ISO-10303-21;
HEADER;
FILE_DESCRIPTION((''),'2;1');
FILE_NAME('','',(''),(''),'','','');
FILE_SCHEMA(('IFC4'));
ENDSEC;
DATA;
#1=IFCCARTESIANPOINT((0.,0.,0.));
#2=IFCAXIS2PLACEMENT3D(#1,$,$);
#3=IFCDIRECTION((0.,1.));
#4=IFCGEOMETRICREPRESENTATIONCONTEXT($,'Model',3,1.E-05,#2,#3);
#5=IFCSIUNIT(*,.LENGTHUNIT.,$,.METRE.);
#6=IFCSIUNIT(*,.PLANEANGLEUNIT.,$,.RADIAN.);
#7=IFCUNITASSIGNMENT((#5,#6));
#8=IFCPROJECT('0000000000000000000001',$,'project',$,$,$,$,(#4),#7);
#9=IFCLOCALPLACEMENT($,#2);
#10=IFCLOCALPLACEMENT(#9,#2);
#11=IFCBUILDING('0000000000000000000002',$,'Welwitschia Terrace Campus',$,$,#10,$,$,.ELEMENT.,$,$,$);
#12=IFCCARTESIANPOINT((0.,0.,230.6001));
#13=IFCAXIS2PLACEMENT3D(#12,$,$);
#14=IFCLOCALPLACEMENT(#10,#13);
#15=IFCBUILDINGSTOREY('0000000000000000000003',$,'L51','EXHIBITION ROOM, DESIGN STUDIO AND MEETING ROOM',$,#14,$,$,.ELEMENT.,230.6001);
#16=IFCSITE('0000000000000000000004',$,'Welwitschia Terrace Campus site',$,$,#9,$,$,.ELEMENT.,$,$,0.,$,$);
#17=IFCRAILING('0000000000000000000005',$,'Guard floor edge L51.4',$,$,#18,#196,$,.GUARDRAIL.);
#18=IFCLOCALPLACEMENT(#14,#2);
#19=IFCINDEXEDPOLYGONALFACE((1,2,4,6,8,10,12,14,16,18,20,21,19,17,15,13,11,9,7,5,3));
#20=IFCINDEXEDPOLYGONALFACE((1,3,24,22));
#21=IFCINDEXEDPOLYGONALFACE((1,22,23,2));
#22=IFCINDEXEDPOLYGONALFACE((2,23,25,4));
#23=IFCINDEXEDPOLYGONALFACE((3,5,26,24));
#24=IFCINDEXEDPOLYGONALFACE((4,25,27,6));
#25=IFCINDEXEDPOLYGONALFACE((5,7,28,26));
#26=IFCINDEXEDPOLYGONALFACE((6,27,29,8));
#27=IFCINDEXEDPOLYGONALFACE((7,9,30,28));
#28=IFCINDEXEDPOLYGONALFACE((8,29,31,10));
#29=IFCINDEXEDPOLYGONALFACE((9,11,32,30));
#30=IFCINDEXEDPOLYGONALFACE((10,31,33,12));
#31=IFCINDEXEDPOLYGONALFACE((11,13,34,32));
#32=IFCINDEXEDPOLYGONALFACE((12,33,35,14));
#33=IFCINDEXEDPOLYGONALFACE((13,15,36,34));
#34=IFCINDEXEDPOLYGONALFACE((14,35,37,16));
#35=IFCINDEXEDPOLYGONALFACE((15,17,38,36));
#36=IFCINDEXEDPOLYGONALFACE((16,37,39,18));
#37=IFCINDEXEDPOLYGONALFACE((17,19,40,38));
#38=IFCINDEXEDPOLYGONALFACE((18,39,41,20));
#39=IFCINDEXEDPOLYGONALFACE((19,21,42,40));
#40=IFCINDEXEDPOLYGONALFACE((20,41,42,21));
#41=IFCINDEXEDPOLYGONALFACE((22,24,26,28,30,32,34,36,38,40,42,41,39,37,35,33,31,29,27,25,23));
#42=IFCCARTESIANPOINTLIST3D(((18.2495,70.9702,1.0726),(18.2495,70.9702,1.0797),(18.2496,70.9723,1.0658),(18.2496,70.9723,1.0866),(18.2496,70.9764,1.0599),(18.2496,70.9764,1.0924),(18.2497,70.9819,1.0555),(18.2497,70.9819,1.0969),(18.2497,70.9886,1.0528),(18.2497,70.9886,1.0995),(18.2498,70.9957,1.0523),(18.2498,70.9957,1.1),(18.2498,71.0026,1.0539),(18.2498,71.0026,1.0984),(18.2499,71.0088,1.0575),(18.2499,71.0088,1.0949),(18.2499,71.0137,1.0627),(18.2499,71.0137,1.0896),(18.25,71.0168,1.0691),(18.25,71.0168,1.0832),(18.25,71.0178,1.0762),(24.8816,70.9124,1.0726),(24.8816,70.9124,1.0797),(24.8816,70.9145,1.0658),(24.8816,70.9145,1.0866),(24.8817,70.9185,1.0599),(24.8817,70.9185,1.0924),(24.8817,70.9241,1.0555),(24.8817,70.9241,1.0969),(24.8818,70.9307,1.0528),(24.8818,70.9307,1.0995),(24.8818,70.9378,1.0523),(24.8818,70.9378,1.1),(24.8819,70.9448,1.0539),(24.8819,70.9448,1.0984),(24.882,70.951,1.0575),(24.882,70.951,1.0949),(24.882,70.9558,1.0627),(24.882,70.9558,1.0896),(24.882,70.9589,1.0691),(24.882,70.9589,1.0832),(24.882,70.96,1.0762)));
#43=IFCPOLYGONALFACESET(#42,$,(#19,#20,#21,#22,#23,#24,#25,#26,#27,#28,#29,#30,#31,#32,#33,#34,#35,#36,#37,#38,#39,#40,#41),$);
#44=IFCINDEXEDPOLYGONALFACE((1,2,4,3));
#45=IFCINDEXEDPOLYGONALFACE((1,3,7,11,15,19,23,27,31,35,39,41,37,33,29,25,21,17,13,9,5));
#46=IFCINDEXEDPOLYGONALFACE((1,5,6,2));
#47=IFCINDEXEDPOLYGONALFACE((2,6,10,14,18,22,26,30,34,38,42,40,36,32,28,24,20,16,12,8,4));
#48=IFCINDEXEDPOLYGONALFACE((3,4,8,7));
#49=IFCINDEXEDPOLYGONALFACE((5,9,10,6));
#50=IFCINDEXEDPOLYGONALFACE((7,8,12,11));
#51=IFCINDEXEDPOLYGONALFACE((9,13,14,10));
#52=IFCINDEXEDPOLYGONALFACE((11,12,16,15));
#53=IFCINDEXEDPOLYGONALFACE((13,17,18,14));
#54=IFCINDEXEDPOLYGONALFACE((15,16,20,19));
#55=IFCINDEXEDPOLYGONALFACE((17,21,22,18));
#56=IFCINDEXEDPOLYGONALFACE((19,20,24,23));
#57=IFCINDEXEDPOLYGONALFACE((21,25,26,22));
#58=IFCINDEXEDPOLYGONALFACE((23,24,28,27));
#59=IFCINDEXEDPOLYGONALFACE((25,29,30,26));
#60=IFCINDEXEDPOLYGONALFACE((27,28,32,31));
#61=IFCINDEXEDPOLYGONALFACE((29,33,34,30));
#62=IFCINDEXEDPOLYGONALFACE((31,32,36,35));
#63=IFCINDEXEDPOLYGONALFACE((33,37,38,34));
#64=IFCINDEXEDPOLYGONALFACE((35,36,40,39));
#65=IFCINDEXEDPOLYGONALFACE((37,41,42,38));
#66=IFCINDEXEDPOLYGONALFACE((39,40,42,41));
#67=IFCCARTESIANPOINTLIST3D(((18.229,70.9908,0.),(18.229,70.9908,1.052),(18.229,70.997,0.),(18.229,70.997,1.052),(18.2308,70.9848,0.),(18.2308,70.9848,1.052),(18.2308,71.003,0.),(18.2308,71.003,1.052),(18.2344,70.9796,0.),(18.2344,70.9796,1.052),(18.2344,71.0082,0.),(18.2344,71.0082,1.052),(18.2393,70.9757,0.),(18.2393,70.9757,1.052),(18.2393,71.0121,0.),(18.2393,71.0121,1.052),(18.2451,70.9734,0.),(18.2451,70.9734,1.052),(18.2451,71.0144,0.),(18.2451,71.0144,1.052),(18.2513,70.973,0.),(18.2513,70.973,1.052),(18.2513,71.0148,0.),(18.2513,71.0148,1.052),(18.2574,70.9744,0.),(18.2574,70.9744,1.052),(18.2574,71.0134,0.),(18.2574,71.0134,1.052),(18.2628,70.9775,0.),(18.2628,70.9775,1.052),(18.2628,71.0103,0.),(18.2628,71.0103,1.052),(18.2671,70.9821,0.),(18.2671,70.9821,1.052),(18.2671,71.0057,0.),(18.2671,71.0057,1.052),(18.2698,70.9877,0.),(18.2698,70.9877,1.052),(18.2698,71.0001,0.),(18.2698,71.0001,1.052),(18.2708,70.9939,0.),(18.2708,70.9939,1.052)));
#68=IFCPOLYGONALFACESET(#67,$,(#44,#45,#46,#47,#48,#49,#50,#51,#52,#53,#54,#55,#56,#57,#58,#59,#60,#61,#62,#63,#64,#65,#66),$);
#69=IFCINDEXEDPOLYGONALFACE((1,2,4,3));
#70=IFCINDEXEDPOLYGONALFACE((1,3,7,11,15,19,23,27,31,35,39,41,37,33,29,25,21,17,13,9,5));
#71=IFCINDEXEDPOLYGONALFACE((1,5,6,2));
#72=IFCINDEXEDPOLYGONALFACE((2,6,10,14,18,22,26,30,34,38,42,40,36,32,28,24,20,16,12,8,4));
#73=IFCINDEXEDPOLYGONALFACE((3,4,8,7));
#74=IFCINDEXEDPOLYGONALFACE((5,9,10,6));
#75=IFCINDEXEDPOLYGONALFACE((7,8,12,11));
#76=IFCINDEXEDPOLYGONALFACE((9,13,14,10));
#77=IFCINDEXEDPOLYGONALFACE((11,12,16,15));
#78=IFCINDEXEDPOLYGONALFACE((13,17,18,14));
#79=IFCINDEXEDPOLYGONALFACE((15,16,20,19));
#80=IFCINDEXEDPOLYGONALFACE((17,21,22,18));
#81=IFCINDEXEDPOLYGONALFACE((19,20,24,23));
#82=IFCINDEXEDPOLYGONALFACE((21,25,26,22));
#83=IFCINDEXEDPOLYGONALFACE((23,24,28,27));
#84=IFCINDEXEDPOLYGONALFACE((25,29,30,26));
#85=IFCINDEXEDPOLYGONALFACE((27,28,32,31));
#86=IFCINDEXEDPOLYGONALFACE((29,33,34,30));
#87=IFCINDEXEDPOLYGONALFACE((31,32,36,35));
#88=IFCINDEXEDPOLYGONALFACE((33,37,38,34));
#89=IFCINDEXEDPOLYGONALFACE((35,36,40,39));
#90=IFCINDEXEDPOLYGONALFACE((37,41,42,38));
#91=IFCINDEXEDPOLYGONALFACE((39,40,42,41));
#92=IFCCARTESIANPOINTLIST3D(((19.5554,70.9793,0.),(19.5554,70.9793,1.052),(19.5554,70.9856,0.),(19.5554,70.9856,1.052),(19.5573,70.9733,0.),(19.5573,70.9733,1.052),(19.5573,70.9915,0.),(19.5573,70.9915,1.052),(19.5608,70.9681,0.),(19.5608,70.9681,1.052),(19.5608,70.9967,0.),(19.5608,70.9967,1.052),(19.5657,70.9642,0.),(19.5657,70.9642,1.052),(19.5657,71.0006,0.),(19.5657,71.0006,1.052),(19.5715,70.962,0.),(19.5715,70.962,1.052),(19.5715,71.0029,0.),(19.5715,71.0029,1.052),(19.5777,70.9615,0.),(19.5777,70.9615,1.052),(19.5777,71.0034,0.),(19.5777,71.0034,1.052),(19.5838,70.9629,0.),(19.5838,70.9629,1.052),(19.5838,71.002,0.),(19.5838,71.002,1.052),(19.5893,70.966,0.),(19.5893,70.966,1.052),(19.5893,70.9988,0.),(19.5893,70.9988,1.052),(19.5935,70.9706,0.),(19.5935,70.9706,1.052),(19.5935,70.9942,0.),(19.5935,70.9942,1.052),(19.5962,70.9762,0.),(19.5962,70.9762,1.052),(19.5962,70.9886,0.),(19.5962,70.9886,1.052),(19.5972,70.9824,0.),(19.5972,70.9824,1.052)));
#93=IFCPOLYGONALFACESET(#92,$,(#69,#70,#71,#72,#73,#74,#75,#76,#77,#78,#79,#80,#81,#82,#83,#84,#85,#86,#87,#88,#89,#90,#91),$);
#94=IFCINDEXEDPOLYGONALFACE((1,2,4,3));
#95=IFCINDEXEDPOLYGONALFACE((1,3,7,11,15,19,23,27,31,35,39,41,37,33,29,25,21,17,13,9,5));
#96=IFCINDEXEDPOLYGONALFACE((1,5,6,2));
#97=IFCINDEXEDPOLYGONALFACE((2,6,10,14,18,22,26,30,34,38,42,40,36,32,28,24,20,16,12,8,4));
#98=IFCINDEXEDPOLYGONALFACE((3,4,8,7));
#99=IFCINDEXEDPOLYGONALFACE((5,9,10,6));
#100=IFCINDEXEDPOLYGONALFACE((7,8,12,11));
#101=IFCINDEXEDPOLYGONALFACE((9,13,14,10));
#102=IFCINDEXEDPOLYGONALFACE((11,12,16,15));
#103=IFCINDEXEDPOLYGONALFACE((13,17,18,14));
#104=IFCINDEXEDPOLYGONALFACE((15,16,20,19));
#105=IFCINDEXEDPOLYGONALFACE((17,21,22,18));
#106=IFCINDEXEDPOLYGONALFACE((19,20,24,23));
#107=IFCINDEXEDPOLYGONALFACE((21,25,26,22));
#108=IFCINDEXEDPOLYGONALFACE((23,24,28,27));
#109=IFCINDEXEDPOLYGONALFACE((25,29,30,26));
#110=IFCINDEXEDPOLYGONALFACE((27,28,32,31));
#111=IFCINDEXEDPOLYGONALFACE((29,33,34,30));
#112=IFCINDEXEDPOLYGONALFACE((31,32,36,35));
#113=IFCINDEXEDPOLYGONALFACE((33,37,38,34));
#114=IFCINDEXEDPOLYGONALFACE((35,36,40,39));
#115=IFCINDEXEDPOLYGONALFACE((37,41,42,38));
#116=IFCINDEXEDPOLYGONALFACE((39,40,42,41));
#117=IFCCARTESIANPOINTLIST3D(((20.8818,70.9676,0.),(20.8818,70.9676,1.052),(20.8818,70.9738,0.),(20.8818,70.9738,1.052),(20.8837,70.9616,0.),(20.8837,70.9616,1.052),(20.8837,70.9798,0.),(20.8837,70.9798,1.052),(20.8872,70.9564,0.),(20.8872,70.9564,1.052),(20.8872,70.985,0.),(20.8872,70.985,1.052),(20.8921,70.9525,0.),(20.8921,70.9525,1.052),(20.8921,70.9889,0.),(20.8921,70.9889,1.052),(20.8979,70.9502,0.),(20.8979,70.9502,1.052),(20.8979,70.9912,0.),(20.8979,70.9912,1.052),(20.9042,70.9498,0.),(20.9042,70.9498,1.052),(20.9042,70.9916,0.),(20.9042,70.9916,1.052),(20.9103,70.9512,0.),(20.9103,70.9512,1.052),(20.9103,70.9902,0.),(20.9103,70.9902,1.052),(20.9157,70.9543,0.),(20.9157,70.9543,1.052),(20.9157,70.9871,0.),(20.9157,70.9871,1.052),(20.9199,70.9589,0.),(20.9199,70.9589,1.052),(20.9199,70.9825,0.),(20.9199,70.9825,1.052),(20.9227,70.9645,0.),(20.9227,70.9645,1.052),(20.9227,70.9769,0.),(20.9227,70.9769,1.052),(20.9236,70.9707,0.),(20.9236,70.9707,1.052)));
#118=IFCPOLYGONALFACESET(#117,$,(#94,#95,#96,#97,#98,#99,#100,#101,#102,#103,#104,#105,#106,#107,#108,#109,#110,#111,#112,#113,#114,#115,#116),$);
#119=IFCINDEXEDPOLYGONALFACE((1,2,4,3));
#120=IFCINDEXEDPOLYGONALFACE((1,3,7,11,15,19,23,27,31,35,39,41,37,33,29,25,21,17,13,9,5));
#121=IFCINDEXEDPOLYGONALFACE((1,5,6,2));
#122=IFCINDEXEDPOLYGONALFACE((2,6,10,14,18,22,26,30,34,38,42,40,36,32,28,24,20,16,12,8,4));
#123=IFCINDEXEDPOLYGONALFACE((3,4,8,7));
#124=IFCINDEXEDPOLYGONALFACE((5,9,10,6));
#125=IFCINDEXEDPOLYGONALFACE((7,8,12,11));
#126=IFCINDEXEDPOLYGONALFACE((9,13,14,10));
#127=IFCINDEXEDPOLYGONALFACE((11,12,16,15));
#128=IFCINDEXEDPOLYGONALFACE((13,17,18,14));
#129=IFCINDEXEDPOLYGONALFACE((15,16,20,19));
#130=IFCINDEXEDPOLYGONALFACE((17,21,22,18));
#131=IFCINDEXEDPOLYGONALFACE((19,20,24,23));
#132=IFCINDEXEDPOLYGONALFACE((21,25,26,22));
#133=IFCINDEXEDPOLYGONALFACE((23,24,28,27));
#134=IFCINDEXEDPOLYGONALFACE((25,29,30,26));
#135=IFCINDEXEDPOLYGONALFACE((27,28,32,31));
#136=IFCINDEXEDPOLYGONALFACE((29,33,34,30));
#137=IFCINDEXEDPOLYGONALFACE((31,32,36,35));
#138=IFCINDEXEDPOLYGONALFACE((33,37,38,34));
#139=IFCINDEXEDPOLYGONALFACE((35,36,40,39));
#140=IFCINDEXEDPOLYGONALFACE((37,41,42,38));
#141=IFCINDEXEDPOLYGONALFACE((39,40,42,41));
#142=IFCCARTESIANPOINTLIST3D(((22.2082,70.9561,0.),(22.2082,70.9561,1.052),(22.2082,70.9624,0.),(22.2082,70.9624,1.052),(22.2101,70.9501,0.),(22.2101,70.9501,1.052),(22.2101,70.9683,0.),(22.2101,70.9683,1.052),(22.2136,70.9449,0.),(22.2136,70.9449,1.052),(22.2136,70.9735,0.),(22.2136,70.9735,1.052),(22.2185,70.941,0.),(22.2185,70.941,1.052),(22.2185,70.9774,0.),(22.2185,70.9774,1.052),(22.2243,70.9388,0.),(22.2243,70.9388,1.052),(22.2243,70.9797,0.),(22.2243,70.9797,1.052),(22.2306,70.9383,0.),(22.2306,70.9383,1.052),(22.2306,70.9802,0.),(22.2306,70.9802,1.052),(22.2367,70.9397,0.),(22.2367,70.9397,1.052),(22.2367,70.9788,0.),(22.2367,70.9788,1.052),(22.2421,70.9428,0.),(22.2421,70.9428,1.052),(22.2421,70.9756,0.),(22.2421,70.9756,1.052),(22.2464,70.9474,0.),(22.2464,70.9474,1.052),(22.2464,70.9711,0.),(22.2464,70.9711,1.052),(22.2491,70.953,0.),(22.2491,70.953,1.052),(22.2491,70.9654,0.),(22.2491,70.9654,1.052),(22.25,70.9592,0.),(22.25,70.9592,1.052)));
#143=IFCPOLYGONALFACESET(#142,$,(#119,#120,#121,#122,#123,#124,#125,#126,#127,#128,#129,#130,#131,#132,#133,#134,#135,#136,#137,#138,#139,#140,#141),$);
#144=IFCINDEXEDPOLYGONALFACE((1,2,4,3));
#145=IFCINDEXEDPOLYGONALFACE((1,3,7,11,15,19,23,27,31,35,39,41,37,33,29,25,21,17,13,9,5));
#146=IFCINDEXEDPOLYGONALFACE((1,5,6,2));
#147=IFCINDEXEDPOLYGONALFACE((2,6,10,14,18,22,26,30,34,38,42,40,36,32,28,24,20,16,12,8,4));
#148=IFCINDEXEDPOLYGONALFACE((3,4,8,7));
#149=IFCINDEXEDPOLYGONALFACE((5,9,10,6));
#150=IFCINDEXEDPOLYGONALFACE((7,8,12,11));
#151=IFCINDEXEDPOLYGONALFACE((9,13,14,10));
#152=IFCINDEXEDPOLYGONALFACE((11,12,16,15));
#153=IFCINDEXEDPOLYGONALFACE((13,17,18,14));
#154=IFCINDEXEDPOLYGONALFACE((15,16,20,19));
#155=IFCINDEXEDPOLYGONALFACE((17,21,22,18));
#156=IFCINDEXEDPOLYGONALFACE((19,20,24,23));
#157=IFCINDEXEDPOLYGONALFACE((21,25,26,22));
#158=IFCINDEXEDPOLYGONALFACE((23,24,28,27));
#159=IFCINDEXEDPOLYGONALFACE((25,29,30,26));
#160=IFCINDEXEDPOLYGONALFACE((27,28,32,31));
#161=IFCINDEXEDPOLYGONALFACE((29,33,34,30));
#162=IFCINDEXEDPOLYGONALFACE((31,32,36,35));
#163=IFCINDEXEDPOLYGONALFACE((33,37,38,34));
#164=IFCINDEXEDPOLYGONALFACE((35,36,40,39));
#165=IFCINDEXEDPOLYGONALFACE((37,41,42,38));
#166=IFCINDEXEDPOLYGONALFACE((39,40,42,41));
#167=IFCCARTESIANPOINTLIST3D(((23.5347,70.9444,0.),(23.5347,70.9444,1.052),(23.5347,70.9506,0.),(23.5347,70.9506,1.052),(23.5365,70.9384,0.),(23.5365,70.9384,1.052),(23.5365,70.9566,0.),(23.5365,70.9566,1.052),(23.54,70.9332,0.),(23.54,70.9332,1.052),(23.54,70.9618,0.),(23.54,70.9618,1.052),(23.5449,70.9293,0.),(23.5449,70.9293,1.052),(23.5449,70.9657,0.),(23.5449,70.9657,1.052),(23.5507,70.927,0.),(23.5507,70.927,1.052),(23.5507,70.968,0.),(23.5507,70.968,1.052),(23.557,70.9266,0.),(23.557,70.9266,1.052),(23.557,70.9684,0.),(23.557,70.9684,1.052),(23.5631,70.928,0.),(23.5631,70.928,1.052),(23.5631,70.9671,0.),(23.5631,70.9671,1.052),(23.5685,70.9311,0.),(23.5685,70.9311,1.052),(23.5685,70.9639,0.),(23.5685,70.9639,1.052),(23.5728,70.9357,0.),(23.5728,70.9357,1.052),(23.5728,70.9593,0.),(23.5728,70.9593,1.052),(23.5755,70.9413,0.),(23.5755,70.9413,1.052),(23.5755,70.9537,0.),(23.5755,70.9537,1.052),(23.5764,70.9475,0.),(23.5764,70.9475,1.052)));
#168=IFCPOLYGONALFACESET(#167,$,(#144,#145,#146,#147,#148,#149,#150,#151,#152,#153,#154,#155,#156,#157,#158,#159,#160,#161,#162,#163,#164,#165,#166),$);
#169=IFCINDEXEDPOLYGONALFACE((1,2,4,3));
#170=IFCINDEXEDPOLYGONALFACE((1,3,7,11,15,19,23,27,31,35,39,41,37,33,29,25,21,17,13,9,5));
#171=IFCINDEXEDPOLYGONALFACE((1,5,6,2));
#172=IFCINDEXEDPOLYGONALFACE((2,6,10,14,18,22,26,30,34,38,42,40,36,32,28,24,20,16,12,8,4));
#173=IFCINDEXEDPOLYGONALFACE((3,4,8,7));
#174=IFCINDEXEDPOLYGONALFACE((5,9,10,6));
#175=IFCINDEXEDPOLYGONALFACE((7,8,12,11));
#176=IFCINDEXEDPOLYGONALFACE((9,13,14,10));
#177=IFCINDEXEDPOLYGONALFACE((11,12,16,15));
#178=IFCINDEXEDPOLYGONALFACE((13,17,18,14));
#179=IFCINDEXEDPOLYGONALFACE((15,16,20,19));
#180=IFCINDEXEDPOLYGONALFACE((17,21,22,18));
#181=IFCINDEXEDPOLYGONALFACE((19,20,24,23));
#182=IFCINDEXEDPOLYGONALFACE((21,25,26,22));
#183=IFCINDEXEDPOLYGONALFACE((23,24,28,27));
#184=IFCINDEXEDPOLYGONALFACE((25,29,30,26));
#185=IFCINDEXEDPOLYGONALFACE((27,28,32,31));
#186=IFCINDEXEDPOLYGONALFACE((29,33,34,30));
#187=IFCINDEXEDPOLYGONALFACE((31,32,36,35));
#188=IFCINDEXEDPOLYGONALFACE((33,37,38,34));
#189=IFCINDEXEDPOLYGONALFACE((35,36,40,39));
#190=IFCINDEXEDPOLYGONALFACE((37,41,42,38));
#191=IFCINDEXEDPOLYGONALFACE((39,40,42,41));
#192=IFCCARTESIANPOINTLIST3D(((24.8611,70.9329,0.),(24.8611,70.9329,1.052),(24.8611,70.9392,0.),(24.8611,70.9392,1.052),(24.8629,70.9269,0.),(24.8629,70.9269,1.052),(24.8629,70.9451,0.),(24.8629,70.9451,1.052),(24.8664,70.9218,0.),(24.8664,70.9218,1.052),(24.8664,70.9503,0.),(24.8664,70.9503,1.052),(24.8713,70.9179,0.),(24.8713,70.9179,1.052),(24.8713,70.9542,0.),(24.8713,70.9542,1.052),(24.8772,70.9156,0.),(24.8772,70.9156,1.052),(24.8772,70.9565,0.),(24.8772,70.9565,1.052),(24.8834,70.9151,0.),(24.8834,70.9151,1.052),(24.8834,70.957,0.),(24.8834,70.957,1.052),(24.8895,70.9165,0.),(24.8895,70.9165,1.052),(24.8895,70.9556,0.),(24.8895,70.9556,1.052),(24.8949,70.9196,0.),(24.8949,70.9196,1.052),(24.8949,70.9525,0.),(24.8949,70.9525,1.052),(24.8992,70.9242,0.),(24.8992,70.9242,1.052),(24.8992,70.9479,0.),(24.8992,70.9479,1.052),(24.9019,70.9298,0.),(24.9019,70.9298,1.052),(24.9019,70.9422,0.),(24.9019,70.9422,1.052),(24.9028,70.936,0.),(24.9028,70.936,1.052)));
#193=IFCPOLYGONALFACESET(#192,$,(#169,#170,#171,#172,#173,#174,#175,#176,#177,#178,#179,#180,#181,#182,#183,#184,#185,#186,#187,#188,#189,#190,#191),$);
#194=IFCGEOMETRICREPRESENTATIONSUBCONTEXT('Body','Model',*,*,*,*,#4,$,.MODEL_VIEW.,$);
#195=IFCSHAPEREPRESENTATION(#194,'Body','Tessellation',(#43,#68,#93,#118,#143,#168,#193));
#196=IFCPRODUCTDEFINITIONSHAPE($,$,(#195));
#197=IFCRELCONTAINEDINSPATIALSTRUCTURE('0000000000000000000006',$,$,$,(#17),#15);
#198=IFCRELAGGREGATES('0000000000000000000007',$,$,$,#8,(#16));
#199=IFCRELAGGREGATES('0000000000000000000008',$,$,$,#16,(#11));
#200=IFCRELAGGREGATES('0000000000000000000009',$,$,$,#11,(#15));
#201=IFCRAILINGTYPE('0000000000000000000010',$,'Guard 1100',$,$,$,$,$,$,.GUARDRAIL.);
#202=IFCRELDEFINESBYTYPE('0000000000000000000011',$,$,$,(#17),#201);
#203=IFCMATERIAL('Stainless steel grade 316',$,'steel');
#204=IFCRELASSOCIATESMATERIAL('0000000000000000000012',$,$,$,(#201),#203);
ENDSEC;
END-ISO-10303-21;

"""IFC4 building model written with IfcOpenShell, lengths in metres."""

from ifc_helpers import new_model, si_unit, direction, frame, origin, origin_2d, place, context, subcontext, project, spatial, circle, extrude, material, type_object, element, save


model = new_model("IFC4")

# Units and contexts
model_context = context("Model", 3, precision=1e-05, world=origin(), true_north=direction((0.0, 1.0)))
body_context = subcontext(model_context, "Body", "Model", "MODEL_VIEW")
ifc_project = project(units=[si_unit("LENGTHUNIT", "METRE"), si_unit("PLANEANGLEUNIT", "RADIAN")], contexts=[model_context])

# Site, building, storey
site_placement = place(None, origin())
site = spatial("IfcSite", under=ifc_project, at=site_placement, Name="Welwitschia Terrace Campus site", CompositionType="ELEMENT", RefElevation=0.0)
building_placement = place(site_placement, origin())
building = spatial("IfcBuilding", under=site, at=building_placement, Name="Welwitschia Terrace Campus", CompositionType="ELEMENT")
storey_placement = place(building_placement, frame((0.0, 0.0, 230.6001)))
storey = spatial("IfcBuildingStorey", under=building, at=storey_placement, Name="L51", Description="EXHIBITION ROOM, DESIGN STUDIO AND MEETING ROOM", CompositionType="ELEMENT", Elevation=230.6001)

# Railing
ifc_material_1 = material(Name="Stainless steel grade 316", Category="steel")
railing_type = type_object("IfcRailingType", Name="Guard 1100", PredefinedType="GUARDRAIL", material=ifc_material_1)
railing_1_placement = place(storey_placement, frame((18.2498, 70.9939, 0.0)))
element("IfcRailing", 1, at=railing_1_placement, inside=storey, type_object=railing_type, Name="Guard floor edge L51.4", PredefinedType="GUARDRAIL", context=body_context, shape_type="SweptSolid", body=[
    extrude(circle(Radius=0.0239, at=origin_2d()), frame((0.0, 0.0, 1.0762), z_axis=(0.999962, -0.008724, 0.0), x_axis=(0.008724, 0.999962, 0.0)), (0.0, 0.0, 1.0), 6.6323),
    extrude(circle(Radius=0.021, at=origin_2d()), origin(), (0.0, 0.0, 1.0), 1.052),
    extrude(circle(Radius=0.021, at=origin_2d()), frame((1.3264, -0.0115, 0.0)), (0.0, 0.0, 1.0), 1.052),
    extrude(circle(Radius=0.021, at=origin_2d()), frame((2.6528, -0.0232, 0.0)), (0.0, 0.0, 1.0), 1.052),
    extrude(circle(Radius=0.021, at=origin_2d()), frame((3.9792, -0.0347, 0.0)), (0.0, 0.0, 1.0), 1.052),
    extrude(circle(Radius=0.021, at=origin_2d()), frame((5.3057, -0.0464, 0.0)), (0.0, 0.0, 1.0), 1.052),
    extrude(circle(Radius=0.021, at=origin_2d()), frame((6.6321, -0.0579, 0.0)), (0.0, 0.0, 1.0), 1.052),
])

save(model, "model.ifc")
